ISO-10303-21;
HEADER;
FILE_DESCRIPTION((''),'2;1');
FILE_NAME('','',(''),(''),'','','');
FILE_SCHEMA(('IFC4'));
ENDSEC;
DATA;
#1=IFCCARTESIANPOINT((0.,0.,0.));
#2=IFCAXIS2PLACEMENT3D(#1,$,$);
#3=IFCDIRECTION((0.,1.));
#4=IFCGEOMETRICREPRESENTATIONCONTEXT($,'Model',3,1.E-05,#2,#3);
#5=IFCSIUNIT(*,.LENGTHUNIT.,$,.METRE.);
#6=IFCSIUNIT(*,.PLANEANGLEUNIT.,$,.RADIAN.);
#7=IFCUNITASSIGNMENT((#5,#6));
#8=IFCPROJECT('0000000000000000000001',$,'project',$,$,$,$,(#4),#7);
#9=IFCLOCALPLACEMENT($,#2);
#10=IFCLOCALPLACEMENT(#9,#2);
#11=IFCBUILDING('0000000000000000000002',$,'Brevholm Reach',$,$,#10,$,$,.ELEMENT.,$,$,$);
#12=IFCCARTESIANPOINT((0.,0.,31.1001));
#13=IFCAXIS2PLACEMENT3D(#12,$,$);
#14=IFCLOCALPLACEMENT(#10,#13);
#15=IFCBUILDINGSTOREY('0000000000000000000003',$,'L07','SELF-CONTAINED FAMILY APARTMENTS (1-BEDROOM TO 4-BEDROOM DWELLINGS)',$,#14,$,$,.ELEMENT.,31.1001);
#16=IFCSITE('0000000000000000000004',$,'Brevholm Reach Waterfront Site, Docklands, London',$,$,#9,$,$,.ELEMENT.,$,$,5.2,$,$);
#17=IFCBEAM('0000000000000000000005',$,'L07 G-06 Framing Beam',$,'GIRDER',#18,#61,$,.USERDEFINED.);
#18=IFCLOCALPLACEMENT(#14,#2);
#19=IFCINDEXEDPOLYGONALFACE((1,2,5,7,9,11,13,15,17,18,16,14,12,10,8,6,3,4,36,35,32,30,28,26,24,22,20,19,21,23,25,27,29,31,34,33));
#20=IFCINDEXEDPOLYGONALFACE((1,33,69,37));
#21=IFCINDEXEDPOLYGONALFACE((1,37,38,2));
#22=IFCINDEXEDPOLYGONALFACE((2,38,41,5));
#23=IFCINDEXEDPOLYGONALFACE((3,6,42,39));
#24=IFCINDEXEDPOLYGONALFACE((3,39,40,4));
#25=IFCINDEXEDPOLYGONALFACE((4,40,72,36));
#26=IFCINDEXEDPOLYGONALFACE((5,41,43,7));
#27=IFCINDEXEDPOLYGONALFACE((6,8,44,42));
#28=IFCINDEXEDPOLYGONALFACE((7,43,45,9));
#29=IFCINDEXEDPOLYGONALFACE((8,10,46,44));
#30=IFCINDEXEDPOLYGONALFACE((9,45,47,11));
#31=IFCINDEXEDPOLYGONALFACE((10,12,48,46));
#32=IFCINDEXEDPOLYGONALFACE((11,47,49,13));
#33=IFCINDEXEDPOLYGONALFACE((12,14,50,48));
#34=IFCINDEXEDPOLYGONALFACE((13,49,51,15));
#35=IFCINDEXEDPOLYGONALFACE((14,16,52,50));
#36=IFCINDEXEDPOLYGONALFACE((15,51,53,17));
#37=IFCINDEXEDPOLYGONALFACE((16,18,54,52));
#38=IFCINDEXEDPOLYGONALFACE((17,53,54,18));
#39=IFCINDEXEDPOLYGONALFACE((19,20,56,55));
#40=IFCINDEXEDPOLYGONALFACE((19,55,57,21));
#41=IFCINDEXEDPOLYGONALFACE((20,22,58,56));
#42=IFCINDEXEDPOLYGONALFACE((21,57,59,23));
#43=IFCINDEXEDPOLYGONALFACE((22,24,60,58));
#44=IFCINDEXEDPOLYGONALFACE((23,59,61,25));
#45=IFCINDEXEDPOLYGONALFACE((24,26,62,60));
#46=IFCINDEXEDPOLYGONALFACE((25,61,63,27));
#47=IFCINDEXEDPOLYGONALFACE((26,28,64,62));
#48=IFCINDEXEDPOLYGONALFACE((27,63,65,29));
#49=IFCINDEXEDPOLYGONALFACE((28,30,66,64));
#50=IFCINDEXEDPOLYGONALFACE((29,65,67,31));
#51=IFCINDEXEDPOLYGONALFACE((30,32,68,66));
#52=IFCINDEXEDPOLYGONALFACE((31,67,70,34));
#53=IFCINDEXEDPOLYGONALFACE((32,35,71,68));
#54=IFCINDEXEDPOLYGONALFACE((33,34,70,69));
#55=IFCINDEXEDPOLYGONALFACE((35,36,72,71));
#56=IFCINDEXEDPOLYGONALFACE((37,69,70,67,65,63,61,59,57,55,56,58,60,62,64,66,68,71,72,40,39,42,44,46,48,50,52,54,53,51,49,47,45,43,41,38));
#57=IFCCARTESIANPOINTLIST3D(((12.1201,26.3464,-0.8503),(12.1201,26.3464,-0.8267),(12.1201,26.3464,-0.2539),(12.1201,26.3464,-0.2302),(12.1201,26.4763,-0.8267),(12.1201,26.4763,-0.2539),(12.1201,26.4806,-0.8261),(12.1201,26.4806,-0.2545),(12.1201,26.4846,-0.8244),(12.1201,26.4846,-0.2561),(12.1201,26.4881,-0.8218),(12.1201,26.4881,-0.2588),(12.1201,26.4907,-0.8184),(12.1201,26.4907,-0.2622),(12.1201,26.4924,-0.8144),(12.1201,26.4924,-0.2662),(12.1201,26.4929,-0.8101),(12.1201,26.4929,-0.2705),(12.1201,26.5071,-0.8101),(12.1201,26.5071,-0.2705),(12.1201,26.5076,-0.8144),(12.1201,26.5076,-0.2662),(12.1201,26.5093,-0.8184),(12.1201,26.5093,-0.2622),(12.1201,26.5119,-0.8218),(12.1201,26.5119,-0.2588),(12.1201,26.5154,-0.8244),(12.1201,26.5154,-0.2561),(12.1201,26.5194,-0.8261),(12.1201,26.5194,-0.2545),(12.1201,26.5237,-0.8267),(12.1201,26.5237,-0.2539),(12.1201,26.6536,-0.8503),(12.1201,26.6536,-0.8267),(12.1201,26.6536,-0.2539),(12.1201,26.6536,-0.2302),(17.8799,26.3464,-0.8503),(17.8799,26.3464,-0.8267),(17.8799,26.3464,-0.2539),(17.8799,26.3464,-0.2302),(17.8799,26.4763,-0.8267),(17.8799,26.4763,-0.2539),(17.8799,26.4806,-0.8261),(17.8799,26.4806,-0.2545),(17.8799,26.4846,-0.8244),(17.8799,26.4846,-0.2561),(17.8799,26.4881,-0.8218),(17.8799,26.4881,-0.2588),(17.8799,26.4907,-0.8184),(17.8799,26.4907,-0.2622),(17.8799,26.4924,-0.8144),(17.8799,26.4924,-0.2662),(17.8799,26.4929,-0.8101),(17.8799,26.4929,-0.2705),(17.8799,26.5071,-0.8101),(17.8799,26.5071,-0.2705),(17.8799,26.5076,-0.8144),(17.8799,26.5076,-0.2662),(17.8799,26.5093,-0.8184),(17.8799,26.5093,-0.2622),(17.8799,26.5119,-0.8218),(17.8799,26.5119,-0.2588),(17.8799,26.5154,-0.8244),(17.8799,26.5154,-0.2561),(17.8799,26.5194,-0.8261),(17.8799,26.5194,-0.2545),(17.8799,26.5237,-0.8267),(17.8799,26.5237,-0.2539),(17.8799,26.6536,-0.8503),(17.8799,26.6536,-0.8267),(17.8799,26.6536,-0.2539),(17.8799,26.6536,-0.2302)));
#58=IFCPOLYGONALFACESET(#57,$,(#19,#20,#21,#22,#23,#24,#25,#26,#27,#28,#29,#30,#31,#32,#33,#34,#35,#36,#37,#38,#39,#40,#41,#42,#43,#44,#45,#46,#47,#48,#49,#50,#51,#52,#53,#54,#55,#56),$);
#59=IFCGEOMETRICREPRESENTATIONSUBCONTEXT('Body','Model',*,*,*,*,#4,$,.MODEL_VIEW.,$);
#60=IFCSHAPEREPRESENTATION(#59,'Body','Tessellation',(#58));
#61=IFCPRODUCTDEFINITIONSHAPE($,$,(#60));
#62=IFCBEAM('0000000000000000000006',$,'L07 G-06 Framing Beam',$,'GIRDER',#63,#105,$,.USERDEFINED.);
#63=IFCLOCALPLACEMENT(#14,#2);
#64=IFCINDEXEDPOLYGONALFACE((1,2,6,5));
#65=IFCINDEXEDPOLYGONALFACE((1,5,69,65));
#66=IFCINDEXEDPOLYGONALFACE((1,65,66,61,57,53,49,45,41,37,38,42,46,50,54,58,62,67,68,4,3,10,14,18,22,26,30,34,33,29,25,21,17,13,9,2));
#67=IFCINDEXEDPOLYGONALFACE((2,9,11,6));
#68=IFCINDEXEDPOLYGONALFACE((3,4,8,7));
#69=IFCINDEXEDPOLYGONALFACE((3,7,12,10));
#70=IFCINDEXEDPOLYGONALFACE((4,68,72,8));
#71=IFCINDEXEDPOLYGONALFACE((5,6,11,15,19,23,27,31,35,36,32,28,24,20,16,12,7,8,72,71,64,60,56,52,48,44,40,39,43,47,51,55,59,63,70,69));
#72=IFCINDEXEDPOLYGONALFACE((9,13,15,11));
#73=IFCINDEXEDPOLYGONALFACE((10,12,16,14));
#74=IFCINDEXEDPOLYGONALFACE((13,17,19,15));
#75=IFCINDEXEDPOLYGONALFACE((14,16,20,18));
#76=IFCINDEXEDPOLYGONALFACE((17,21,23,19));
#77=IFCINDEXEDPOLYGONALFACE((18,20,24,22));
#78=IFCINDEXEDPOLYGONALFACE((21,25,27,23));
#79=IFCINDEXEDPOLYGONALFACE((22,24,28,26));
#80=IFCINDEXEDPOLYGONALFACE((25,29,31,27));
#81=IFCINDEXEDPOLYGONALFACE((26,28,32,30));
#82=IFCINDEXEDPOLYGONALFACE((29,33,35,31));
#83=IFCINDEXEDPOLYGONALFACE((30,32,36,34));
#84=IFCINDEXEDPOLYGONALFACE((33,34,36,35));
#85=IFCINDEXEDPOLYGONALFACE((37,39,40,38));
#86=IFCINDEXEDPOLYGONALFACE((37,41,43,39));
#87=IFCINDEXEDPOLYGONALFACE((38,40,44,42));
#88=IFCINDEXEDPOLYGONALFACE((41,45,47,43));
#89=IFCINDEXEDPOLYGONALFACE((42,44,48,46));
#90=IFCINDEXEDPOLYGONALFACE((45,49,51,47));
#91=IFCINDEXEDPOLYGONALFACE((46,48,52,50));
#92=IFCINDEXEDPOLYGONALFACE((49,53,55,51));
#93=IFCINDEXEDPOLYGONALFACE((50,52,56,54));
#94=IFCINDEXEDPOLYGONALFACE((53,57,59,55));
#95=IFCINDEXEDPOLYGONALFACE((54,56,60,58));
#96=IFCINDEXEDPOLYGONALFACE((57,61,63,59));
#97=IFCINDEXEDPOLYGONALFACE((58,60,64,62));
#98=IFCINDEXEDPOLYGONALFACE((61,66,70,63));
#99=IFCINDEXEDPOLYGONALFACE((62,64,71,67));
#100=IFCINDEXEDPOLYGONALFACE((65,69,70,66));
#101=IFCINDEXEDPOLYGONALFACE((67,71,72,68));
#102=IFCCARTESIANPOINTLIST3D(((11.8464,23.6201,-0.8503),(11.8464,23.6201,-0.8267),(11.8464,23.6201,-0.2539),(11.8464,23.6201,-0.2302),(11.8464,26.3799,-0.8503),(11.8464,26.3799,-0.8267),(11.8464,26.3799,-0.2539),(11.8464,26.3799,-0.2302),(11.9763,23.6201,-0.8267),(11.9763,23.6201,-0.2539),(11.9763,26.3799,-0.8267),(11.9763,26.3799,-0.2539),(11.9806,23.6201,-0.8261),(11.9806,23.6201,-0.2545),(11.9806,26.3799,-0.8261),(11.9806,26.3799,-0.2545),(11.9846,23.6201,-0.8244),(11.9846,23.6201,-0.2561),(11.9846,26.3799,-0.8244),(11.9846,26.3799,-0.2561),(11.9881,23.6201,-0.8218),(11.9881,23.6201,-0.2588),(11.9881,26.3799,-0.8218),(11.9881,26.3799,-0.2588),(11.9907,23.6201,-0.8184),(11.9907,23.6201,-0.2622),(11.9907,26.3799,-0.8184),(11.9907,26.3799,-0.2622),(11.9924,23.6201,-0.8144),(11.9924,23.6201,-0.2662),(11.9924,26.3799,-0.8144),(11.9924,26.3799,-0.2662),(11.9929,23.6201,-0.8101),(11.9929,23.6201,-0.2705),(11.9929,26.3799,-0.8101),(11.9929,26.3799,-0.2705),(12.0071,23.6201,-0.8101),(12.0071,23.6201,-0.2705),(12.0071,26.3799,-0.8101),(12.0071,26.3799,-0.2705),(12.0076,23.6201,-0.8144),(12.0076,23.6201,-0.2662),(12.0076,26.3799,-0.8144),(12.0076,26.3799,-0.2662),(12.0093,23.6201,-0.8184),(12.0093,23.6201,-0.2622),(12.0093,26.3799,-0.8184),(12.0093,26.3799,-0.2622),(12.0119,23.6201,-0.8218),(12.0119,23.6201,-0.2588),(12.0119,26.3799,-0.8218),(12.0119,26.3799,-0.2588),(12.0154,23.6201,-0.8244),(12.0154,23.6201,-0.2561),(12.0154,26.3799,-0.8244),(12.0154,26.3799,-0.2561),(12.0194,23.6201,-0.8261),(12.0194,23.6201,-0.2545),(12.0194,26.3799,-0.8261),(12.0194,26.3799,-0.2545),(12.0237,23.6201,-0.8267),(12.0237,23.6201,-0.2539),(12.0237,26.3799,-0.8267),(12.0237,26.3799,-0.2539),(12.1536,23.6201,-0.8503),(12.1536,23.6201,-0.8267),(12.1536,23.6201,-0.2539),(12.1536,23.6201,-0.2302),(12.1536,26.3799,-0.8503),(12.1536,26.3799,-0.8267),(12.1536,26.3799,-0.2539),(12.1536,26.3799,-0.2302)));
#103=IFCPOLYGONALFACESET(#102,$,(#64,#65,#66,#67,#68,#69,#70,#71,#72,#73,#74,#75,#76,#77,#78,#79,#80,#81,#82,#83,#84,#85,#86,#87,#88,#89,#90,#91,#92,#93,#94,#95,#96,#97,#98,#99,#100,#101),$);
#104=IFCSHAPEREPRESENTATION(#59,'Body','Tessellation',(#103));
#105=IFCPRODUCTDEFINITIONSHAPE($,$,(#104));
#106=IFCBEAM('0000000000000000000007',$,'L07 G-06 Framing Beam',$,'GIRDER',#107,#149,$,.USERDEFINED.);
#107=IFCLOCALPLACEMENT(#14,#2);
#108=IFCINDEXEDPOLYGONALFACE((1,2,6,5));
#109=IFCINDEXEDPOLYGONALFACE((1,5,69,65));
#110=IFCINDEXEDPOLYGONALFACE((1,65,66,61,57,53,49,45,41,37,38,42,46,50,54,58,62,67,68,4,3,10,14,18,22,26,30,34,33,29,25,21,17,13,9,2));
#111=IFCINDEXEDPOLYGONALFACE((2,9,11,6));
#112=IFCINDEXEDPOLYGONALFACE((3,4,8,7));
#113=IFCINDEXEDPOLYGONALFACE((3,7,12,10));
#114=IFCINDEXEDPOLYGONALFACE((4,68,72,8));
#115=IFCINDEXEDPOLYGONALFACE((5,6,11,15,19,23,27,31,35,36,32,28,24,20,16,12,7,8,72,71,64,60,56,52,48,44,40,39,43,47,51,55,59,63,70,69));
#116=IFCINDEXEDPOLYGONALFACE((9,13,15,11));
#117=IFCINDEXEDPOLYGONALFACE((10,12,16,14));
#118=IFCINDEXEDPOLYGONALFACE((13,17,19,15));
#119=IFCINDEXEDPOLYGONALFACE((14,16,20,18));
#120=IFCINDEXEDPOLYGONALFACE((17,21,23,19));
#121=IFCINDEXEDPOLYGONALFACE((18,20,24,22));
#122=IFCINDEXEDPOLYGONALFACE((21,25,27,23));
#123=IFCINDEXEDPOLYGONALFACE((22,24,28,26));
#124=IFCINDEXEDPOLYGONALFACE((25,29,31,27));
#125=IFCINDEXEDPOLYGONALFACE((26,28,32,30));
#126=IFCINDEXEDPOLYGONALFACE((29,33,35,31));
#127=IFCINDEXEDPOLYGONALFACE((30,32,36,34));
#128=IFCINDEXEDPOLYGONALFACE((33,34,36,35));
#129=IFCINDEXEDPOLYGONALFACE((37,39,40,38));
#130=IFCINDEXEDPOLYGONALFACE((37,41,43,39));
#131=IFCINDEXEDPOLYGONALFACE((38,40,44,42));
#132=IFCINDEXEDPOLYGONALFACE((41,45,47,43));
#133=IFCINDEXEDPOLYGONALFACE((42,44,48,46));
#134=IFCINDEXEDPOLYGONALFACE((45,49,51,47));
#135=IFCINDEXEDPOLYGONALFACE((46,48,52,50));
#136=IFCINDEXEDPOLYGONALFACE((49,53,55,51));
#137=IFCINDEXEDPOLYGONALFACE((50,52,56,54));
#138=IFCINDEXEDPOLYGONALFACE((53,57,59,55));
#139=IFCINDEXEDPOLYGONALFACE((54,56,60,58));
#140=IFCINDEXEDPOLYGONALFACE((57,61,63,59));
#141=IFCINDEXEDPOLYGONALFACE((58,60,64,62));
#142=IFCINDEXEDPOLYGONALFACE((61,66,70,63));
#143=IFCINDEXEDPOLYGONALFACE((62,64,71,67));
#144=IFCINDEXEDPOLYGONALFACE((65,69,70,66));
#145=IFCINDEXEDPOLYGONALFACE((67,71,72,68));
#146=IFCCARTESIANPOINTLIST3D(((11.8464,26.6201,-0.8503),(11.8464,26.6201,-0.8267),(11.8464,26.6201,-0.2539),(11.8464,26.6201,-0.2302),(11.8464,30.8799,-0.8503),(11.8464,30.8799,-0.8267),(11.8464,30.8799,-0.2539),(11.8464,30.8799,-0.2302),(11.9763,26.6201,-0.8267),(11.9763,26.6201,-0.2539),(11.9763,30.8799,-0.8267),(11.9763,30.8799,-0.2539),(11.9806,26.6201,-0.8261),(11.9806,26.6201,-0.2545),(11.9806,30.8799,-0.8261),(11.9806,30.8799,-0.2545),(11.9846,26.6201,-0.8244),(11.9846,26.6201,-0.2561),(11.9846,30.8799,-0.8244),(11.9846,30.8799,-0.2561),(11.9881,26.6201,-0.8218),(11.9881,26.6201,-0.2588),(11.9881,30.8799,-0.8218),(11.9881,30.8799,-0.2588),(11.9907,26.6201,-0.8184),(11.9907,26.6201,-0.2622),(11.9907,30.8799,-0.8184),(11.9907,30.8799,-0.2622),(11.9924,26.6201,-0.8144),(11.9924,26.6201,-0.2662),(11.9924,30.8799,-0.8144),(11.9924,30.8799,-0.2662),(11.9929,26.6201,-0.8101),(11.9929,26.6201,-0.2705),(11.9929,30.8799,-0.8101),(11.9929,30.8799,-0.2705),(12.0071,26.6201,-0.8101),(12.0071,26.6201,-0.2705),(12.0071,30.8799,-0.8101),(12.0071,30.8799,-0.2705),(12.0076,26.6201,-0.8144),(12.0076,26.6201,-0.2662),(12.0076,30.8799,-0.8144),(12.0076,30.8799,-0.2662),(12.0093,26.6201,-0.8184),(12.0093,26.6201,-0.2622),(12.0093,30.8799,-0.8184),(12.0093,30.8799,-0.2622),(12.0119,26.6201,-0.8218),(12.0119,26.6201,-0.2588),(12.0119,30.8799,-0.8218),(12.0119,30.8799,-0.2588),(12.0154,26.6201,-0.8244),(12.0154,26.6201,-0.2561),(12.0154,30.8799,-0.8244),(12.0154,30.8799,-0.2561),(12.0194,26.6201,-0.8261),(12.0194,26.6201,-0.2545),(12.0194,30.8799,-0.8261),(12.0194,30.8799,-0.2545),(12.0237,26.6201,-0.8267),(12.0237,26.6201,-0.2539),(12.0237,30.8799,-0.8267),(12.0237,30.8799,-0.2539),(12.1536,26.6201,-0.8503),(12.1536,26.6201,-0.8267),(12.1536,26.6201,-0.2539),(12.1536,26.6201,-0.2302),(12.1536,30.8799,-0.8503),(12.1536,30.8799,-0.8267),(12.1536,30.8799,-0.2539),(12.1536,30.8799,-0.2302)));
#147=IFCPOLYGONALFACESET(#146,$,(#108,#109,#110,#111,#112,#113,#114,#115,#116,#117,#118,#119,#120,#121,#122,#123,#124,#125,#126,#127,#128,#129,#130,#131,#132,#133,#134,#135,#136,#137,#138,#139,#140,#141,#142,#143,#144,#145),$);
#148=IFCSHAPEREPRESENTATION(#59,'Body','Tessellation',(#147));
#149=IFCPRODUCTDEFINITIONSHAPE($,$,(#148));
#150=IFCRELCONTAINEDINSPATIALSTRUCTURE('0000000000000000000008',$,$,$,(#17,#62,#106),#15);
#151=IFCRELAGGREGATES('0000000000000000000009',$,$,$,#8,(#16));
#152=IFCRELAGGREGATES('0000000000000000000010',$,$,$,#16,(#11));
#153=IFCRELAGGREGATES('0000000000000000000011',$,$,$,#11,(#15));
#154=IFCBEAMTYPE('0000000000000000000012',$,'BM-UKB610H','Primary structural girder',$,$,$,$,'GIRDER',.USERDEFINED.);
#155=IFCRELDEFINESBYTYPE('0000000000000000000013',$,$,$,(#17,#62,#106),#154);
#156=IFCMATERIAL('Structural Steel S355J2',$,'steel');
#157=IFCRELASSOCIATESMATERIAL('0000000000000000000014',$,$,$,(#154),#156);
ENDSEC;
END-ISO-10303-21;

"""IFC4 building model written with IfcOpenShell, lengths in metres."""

from ifc_helpers import new_model, si_unit, direction, frame, origin, origin_2d, place, context, subcontext, project, spatial, i_section, extrude, material, material_profile, profile_set, type_object, element, save


model = new_model("IFC4")

# Units and contexts
model_context = context("Model", 3, precision=1e-05, world=origin(), true_north=direction((0.0, 1.0)))
body_context = subcontext(model_context, "Body", "Model", "MODEL_VIEW")
ifc_project = project(units=[si_unit("LENGTHUNIT", "METRE"), si_unit("PLANEANGLEUNIT", "RADIAN")], contexts=[model_context])

# Site, building, storey
site_placement = place(None, origin())
site = spatial("IfcSite", under=ifc_project, at=site_placement, Name="Brevholm Reach Waterfront Site, Docklands, London", CompositionType="ELEMENT", RefElevation=5.2)
building_placement = place(site_placement, origin())
building = spatial("IfcBuilding", under=site, at=building_placement, Name="Brevholm Reach", CompositionType="ELEMENT")
storey_placement = place(building_placement, frame((0.0, 0.0, 31.1001)))
storey = spatial("IfcBuildingStorey", under=building, at=storey_placement, Name="L07", Description="SELF-CONTAINED FAMILY APARTMENTS (1-BEDROOM TO 4-BEDROOM DWELLINGS)", CompositionType="ELEMENT", Elevation=31.1001)

# Beams
ifc_material_1 = material(Name="Structural Steel S355J2", Category="steel")
ifc_material_profile_1 = material_profile(ifc_material_1, i_section(OverallWidth=0.3071, OverallDepth=0.6201, WebThickness=0.0142, FlangeThickness=0.0237, FilletRadius=0.0166, at=origin_2d()), Name="UKB 610x305x179")
ifc_profile_set_1 = profile_set([ifc_material_profile_1], Name="Structural Steel S355J2")
beam_type_1 = type_object("IfcBeamType", Name="BM-UKB610H", Description="Primary structural girder", ElementType="GIRDER", PredefinedType="USERDEFINED", material=ifc_profile_set_1)
beam_1_placement = place(storey_placement, frame((12.1201, 26.5, -0.5403), z_axis=(1.0, 0.0, 0.0), x_axis=(0.0, 1.0, 0.0)))
element("IfcBeam", 1, at=beam_1_placement, inside=storey, type_object=beam_type_1, Name="L07 G-06 Framing Beam", ObjectType="GIRDER", PredefinedType="USERDEFINED", context=body_context, shape_type="SweptSolid", body=[
    extrude(i_section(OverallWidth=0.3071, OverallDepth=0.6201, WebThickness=0.0142, FlangeThickness=0.0237, FilletRadius=0.0166, at=origin_2d()), origin(), (0.0, 0.0, 1.0), 5.7598),
])
beam_2_placement = place(storey_placement, frame((12.0, 23.6201, -0.5403), z_axis=(0.0, 1.0, 0.0), x_axis=(-1.0, 0.0, 0.0)))
element("IfcBeam", 2, at=beam_2_placement, inside=storey, type_object=beam_type_1, Name="L07 G-06 Framing Beam", ObjectType="GIRDER", PredefinedType="USERDEFINED", context=body_context, shape_type="SweptSolid", body=[
    extrude(i_section(OverallWidth=0.3071, OverallDepth=0.6201, WebThickness=0.0142, FlangeThickness=0.0237, FilletRadius=0.0166, at=origin_2d()), origin(), (0.0, 0.0, 1.0), 2.7598),
])
beam_3_placement = place(storey_placement, frame((12.0, 26.6201, -0.5403), z_axis=(0.0, 1.0, 0.0), x_axis=(-1.0, 0.0, 0.0)))
element("IfcBeam", 3, at=beam_3_placement, inside=storey, type_object=beam_type_1, Name="L07 G-06 Framing Beam", ObjectType="GIRDER", PredefinedType="USERDEFINED", context=body_context, shape_type="SweptSolid", body=[
    extrude(i_section(OverallWidth=0.3071, OverallDepth=0.6201, WebThickness=0.0142, FlangeThickness=0.0237, FilletRadius=0.0166, at=origin_2d()), origin(), (0.0, 0.0, 1.0), 4.2598),
])

save(model, "model.ifc")
